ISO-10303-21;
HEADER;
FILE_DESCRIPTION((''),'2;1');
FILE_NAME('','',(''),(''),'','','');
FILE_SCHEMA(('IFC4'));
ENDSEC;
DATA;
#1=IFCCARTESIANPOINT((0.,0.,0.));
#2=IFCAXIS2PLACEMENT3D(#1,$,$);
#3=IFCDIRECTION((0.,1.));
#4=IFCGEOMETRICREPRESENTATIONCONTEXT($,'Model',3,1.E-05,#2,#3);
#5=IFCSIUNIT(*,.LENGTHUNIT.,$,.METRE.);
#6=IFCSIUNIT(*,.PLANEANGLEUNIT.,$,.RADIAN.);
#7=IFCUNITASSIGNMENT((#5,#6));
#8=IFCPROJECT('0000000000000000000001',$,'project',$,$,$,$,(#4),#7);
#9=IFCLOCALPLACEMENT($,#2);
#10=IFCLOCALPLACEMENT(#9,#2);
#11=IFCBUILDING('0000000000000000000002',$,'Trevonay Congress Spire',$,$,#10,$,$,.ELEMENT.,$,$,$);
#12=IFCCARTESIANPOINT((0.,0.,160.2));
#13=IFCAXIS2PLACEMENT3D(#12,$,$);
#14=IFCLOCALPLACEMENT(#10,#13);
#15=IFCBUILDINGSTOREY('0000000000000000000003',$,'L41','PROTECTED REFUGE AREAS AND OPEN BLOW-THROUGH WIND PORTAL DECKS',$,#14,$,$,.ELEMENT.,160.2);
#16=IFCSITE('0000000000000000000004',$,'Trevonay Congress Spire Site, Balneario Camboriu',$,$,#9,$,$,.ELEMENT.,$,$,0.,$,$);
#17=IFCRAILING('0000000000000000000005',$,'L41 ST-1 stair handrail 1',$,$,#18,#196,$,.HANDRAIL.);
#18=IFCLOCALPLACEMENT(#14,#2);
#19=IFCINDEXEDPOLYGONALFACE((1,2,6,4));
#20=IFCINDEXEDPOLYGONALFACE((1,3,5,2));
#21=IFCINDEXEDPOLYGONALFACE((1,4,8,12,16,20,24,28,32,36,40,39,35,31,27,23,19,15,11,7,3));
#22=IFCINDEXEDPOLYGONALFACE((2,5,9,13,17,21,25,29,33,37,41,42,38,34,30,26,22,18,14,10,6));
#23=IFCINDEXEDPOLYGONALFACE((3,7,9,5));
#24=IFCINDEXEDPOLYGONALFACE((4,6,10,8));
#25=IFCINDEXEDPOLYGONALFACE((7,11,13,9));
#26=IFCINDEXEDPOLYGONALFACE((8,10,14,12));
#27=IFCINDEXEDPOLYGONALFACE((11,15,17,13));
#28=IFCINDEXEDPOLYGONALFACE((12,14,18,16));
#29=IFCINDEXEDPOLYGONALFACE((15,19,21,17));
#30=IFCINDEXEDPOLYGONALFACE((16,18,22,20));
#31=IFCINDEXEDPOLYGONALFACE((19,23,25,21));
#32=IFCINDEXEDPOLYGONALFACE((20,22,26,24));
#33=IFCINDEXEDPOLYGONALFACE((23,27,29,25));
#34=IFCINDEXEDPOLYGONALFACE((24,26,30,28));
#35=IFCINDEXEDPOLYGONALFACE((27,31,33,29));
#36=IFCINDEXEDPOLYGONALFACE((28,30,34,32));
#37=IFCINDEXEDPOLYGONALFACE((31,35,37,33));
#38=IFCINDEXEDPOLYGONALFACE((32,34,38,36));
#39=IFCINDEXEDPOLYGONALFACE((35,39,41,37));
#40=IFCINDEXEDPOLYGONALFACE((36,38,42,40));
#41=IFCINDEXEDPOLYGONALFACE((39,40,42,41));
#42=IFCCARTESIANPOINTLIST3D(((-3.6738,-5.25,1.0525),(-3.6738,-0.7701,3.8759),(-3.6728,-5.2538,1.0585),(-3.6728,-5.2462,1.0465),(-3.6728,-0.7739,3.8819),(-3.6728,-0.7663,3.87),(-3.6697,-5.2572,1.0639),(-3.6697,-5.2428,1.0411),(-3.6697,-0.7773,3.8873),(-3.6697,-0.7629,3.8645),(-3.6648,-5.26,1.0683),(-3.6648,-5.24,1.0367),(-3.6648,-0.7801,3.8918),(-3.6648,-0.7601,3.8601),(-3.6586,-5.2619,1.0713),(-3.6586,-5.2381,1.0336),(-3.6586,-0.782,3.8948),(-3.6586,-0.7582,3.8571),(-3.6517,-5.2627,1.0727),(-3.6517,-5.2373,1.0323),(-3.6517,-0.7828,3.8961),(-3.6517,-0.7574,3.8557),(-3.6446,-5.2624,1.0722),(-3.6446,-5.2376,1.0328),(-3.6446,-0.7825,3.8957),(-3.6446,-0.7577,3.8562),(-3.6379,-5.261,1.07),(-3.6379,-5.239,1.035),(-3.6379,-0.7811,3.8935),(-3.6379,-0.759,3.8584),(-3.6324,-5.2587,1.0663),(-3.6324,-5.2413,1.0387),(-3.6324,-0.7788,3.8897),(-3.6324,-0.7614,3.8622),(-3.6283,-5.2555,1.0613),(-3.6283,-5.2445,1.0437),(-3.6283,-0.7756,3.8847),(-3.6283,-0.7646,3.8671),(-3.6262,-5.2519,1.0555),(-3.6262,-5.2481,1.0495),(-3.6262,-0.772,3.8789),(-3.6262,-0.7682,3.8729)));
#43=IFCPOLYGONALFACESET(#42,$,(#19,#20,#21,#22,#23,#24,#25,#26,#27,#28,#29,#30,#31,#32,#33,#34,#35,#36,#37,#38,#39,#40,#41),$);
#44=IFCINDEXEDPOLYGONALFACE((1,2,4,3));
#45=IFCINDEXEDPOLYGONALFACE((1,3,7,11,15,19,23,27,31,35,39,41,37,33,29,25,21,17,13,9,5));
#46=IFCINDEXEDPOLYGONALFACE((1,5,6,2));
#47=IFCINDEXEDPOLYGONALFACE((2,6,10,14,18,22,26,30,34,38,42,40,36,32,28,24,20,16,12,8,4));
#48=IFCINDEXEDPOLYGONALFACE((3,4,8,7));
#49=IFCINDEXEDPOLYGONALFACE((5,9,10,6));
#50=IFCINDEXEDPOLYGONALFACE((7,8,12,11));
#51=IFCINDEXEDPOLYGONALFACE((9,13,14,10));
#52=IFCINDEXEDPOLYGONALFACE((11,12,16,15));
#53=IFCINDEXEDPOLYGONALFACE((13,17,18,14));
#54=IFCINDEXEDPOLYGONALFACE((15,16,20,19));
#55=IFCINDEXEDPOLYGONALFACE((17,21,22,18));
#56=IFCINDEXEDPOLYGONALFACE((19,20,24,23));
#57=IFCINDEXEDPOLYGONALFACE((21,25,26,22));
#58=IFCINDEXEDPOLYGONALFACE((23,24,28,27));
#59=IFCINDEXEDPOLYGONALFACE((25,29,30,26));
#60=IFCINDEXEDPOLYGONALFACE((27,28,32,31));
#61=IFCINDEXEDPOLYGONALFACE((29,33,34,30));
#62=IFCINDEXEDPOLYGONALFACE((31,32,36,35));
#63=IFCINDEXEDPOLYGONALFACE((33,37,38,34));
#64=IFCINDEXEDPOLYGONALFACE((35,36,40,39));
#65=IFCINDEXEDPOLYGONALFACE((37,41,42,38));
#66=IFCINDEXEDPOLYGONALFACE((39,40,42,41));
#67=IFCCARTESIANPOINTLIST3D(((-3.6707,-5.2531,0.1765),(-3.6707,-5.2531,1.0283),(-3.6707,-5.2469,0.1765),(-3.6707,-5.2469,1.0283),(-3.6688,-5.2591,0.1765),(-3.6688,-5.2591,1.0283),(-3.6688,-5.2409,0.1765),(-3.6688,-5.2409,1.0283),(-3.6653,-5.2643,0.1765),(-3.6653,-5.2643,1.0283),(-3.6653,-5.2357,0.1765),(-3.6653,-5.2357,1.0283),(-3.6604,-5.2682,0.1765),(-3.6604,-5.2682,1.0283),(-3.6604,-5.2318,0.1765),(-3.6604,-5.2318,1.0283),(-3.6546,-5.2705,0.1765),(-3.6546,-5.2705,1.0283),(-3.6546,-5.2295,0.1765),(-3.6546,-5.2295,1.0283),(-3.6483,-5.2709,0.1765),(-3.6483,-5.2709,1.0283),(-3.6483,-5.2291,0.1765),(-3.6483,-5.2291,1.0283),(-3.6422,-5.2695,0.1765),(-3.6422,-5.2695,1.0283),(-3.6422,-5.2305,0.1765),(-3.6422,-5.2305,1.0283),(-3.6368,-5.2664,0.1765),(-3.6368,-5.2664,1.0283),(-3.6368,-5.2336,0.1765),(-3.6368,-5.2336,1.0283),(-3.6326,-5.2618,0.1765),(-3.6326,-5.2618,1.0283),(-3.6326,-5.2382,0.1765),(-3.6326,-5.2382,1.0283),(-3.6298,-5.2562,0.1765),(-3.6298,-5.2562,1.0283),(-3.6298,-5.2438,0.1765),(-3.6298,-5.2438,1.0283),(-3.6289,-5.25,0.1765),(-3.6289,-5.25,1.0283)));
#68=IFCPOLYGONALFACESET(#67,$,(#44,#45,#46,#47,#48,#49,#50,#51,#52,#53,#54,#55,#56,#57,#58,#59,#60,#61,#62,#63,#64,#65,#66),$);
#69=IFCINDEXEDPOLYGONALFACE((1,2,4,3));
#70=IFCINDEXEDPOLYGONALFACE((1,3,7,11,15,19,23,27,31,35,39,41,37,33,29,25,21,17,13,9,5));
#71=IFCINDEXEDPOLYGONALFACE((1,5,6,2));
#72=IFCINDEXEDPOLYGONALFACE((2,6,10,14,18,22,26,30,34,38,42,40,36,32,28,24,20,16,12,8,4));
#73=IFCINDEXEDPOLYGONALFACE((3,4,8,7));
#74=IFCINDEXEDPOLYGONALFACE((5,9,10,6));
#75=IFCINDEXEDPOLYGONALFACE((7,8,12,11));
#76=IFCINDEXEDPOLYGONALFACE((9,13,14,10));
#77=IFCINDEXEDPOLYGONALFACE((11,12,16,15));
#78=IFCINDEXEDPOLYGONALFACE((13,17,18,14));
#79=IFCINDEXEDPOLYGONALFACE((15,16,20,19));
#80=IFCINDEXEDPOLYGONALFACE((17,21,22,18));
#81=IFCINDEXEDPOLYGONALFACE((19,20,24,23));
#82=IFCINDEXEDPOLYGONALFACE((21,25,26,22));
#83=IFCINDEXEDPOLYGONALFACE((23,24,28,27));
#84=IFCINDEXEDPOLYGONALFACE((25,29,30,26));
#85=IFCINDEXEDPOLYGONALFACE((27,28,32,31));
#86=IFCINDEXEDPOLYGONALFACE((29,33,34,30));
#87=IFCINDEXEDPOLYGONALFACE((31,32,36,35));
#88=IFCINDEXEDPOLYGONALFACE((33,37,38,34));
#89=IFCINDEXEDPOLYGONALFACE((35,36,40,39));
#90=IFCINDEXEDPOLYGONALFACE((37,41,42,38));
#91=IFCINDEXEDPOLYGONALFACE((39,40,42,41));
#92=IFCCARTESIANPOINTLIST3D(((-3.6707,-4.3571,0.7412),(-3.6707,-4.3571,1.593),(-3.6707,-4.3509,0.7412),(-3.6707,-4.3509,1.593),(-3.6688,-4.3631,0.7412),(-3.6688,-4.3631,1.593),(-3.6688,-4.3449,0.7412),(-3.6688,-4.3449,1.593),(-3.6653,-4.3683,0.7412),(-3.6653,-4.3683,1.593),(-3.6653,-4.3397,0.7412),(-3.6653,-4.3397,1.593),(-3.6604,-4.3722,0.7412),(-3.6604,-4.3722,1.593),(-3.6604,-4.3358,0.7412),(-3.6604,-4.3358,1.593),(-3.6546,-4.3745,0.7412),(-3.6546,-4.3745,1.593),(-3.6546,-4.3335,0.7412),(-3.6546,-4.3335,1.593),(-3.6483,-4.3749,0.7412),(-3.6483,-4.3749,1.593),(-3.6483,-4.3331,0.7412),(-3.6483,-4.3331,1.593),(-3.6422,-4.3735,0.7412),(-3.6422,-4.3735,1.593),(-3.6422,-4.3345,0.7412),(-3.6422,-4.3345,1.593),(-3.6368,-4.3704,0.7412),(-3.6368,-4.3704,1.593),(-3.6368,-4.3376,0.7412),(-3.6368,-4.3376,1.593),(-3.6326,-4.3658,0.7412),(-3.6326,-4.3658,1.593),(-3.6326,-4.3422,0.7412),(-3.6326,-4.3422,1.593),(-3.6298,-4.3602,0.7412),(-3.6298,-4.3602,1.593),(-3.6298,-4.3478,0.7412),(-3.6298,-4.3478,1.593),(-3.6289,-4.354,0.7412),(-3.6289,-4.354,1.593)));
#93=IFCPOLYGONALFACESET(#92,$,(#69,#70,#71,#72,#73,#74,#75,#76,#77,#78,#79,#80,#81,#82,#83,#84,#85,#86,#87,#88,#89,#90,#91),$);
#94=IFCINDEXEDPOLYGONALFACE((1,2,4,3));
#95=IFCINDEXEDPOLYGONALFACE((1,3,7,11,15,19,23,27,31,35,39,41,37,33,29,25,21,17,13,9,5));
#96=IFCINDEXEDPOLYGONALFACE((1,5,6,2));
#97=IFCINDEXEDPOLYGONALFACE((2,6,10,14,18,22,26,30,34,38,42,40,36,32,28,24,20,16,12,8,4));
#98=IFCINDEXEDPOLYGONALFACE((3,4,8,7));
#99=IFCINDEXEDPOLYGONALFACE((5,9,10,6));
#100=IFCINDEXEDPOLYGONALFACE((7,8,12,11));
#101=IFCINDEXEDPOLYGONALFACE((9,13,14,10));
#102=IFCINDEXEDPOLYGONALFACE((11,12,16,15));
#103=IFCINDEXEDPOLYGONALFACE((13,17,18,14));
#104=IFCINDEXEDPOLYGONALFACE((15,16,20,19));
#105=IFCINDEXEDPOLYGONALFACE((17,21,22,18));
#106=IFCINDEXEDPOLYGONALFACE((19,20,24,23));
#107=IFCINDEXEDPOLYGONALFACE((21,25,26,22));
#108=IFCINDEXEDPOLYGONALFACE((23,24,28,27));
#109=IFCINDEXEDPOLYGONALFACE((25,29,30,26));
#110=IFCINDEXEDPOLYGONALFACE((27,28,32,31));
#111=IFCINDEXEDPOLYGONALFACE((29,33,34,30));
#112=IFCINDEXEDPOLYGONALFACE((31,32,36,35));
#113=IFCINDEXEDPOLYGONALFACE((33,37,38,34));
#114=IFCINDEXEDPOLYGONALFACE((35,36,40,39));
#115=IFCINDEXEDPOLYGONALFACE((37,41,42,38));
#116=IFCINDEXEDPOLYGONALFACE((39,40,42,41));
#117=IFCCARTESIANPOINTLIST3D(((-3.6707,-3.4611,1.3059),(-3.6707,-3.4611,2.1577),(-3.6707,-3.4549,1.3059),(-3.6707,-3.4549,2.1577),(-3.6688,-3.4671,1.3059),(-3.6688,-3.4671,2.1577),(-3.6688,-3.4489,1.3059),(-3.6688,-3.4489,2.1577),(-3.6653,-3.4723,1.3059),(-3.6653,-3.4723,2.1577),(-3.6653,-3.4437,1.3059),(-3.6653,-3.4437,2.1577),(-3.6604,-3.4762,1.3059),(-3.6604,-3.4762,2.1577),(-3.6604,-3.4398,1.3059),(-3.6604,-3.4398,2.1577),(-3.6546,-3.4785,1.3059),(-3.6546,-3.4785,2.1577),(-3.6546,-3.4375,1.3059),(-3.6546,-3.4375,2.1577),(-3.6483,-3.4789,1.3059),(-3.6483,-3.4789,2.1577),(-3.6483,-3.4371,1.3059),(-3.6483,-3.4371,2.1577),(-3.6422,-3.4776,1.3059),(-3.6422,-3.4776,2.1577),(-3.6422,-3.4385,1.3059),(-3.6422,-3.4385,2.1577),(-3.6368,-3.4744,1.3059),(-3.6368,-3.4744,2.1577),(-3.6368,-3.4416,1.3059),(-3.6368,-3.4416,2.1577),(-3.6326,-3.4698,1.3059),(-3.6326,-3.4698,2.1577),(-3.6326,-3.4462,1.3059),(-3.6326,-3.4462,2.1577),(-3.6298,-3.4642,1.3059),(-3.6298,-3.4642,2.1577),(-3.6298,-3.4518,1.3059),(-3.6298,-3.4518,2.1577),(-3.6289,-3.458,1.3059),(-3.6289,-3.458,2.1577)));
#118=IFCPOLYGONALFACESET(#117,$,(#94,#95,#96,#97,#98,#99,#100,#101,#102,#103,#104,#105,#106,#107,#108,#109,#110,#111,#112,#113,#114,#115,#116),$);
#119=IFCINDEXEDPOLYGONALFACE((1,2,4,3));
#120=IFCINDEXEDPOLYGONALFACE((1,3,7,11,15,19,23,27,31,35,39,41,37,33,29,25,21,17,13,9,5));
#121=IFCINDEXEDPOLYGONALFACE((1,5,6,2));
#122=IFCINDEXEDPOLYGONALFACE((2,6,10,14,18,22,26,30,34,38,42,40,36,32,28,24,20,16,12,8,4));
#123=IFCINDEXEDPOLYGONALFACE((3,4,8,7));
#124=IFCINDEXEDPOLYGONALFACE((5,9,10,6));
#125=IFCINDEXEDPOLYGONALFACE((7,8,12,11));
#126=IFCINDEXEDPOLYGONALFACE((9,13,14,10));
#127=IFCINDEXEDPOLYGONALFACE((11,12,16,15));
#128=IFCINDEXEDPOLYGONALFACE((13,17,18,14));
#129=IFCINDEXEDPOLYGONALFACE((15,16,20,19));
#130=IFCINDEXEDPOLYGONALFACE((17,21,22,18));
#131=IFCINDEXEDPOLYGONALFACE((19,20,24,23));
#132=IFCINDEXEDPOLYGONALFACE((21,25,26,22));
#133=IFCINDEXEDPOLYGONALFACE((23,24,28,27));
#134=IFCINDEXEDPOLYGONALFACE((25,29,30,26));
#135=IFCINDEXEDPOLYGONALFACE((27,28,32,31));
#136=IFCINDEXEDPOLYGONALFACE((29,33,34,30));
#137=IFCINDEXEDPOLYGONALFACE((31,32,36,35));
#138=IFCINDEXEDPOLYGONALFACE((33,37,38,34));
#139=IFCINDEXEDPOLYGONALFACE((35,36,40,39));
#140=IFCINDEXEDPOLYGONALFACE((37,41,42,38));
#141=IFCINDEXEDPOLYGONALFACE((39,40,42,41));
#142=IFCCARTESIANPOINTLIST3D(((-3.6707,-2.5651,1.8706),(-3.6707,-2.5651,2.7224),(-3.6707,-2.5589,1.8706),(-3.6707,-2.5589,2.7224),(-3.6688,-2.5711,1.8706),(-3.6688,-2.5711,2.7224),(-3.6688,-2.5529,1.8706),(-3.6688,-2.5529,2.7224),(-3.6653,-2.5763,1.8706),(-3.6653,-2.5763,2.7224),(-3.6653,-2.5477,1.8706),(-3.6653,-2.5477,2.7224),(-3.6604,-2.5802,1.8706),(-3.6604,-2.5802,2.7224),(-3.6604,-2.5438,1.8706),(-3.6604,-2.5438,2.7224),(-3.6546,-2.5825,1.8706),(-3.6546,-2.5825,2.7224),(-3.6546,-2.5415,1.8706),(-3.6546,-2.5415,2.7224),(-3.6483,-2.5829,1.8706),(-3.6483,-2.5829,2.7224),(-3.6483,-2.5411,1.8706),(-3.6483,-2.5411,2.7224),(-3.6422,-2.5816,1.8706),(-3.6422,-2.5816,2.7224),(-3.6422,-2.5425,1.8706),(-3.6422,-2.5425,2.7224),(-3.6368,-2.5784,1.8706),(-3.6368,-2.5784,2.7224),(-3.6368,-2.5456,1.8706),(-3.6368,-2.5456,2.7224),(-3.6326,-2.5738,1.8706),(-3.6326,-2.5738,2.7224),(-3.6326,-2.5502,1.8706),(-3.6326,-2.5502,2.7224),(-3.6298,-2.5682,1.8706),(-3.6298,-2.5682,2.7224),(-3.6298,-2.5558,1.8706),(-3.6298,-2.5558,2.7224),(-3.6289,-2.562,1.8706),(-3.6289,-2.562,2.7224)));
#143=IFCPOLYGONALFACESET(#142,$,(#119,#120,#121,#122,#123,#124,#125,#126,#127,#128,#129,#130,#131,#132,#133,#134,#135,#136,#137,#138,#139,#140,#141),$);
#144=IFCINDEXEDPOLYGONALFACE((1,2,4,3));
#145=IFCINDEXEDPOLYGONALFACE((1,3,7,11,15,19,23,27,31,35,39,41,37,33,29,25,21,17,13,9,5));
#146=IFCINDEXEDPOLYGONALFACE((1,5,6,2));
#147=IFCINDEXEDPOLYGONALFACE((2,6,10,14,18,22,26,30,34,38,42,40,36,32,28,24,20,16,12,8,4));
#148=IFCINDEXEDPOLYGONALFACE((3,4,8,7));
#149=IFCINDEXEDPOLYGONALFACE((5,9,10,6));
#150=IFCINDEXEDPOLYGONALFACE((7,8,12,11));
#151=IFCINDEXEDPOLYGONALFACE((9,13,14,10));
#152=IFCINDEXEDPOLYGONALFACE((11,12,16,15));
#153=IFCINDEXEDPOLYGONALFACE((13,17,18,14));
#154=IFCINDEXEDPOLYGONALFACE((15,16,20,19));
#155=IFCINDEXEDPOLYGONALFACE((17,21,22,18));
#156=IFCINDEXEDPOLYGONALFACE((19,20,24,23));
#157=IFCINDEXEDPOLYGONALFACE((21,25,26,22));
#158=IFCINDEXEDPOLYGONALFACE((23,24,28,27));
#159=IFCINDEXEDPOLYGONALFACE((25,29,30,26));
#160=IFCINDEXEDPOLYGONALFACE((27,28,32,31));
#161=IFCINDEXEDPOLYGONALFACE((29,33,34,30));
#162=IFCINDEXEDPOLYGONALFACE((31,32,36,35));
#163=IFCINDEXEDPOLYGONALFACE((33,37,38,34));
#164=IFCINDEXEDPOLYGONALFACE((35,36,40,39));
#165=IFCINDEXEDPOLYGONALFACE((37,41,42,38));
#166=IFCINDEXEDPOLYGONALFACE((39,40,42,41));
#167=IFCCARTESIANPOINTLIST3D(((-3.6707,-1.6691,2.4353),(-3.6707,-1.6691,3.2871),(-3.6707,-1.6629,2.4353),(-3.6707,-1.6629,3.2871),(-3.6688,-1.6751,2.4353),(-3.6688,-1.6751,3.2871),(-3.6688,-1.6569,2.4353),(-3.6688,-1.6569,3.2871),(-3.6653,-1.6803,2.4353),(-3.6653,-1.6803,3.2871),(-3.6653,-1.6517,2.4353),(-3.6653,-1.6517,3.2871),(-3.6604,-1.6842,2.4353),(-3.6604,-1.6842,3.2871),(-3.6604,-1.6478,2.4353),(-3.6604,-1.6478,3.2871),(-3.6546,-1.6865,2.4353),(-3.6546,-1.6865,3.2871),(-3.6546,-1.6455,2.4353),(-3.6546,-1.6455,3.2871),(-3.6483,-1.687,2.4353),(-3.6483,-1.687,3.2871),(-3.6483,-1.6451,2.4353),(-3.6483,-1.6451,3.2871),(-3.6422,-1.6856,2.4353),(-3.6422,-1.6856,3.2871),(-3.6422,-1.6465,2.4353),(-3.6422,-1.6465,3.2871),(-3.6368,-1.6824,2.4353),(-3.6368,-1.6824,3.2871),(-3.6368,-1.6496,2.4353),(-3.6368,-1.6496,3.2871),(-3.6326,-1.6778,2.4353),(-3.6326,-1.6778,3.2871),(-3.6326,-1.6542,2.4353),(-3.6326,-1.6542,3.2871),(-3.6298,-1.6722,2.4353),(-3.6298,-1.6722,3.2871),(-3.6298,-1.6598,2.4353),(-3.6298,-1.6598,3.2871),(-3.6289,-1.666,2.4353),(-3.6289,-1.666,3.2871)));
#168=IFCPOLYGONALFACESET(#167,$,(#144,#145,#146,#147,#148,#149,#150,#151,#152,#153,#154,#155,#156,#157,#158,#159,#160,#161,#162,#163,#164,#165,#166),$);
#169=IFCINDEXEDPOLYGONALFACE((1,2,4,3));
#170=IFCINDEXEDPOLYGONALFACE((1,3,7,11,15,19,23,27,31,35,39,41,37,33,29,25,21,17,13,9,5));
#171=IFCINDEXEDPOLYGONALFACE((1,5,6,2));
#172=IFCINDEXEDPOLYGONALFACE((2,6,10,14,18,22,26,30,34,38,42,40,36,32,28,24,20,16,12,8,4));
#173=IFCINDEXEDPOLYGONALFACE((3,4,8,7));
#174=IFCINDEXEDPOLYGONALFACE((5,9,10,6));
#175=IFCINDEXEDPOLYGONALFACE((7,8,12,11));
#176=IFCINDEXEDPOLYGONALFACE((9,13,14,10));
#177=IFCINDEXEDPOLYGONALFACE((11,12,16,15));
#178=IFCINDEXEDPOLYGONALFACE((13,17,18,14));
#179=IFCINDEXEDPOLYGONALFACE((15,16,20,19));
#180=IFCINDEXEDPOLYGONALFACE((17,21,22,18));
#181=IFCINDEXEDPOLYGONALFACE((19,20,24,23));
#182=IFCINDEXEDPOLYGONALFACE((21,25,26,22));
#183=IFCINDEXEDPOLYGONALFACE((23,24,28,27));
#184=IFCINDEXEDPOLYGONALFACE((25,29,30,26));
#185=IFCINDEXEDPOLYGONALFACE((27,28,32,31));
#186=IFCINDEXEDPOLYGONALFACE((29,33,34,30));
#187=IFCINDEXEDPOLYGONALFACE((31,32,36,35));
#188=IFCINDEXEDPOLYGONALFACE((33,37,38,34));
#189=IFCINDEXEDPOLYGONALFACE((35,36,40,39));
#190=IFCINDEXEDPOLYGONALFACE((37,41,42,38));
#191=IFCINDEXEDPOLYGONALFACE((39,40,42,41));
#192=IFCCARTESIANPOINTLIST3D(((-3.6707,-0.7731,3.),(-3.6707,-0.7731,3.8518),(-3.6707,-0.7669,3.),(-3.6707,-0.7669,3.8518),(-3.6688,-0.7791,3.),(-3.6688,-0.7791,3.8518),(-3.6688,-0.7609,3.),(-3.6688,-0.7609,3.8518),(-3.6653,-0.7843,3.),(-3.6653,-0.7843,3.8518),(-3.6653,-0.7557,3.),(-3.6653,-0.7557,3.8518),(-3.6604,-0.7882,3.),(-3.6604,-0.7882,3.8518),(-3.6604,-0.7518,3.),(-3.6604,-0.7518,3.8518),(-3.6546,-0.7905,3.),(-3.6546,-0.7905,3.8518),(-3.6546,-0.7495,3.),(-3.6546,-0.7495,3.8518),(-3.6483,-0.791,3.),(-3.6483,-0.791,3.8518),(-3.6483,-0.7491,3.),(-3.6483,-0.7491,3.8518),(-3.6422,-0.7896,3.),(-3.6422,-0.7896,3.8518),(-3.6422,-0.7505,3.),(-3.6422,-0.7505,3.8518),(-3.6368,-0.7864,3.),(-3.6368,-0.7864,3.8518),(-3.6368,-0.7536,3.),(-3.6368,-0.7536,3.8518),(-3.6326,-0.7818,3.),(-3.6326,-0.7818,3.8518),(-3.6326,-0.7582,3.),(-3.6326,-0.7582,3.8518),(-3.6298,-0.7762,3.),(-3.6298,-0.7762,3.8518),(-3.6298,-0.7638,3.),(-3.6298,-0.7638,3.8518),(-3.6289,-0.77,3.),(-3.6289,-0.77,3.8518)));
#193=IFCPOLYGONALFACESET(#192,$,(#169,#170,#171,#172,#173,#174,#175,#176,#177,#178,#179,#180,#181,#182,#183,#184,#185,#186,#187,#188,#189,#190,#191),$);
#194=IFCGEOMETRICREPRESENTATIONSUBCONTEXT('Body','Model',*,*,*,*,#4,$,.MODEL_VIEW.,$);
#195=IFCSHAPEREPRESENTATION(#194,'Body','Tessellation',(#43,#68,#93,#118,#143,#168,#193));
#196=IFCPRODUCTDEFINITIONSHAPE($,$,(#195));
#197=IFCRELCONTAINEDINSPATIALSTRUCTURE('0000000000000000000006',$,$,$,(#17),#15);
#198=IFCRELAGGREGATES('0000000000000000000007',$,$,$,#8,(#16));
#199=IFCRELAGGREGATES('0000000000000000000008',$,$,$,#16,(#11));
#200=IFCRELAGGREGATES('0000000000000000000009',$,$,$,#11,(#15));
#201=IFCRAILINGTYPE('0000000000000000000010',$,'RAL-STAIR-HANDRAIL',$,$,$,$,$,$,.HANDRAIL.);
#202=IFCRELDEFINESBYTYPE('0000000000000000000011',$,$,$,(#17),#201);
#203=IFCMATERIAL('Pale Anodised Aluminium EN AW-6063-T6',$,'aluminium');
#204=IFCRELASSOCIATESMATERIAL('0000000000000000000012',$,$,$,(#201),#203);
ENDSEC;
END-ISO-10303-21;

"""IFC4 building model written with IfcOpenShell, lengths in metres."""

from ifc_helpers import new_model, si_unit, direction, frame, origin, origin_2d, place, context, subcontext, project, spatial, circle, extrude, material, type_object, element, save


model = new_model("IFC4")

# Units and contexts
model_context = context("Model", 3, precision=1e-05, world=origin(), true_north=direction((0.0, 1.0)))
body_context = subcontext(model_context, "Body", "Model", "MODEL_VIEW")
ifc_project = project(units=[si_unit("LENGTHUNIT", "METRE"), si_unit("PLANEANGLEUNIT", "RADIAN")], contexts=[model_context])

# Site, building, storey
site_placement = place(None, origin())
site = spatial("IfcSite", under=ifc_project, at=site_placement, Name="Trevonay Congress Spire Site, Balneario Camboriu", CompositionType="ELEMENT", RefElevation=0.0)
building_placement = place(site_placement, origin())
building = spatial("IfcBuilding", under=site, at=building_placement, Name="Trevonay Congress Spire", CompositionType="ELEMENT")
storey_placement = place(building_placement, frame((0.0, 0.0, 160.2)))
storey = spatial("IfcBuildingStorey", under=building, at=storey_placement, Name="L41", Description="PROTECTED REFUGE AREAS AND OPEN BLOW-THROUGH WIND PORTAL DECKS", CompositionType="ELEMENT", Elevation=160.2)

# Railing
ifc_material_1 = material(Name="Pale Anodised Aluminium EN AW-6063-T6", Category="aluminium")
railing_type_1 = type_object("IfcRailingType", Name="RAL-STAIR-HANDRAIL", PredefinedType="HANDRAIL", material=ifc_material_1)
railing_1_placement = place(storey_placement, frame((-3.6499, -5.25, 0.1765)))
element("IfcRailing", 1, at=railing_1_placement, inside=storey, type_object=railing_type_1, Name="L41 ST-1 stair handrail 1", PredefinedType="HANDRAIL", context=body_context, shape_type="SweptSolid", body=[
    extrude(circle(Radius=0.0239, at=origin_2d()), frame((0.0, 0.0, 0.876), z_axis=(0.0, 0.845998, 0.533186), x_axis=(-1.0, 0.0, 0.0)), (0.0, 0.0, 1.0), 5.2954),
    extrude(circle(Radius=0.021, at=origin_2d()), origin(), (0.0, 0.0, 1.0), 0.8518),
    extrude(circle(Radius=0.021, at=origin_2d()), frame((0.0, 0.896, 0.5647)), (0.0, 0.0, 1.0), 0.8518),
    extrude(circle(Radius=0.021, at=origin_2d()), frame((0.0, 1.792, 1.1294)), (0.0, 0.0, 1.0), 0.8518),
    extrude(circle(Radius=0.021, at=origin_2d()), frame((0.0, 2.688, 1.6941)), (0.0, 0.0, 1.0), 0.8518),
    extrude(circle(Radius=0.021, at=origin_2d()), frame((0.0, 3.584, 2.2588)), (0.0, 0.0, 1.0), 0.8518),
    extrude(circle(Radius=0.021, at=origin_2d()), frame((0.0, 4.48, 2.8235)), (0.0, 0.0, 1.0), 0.8518),
])

save(model, "model.ifc")
